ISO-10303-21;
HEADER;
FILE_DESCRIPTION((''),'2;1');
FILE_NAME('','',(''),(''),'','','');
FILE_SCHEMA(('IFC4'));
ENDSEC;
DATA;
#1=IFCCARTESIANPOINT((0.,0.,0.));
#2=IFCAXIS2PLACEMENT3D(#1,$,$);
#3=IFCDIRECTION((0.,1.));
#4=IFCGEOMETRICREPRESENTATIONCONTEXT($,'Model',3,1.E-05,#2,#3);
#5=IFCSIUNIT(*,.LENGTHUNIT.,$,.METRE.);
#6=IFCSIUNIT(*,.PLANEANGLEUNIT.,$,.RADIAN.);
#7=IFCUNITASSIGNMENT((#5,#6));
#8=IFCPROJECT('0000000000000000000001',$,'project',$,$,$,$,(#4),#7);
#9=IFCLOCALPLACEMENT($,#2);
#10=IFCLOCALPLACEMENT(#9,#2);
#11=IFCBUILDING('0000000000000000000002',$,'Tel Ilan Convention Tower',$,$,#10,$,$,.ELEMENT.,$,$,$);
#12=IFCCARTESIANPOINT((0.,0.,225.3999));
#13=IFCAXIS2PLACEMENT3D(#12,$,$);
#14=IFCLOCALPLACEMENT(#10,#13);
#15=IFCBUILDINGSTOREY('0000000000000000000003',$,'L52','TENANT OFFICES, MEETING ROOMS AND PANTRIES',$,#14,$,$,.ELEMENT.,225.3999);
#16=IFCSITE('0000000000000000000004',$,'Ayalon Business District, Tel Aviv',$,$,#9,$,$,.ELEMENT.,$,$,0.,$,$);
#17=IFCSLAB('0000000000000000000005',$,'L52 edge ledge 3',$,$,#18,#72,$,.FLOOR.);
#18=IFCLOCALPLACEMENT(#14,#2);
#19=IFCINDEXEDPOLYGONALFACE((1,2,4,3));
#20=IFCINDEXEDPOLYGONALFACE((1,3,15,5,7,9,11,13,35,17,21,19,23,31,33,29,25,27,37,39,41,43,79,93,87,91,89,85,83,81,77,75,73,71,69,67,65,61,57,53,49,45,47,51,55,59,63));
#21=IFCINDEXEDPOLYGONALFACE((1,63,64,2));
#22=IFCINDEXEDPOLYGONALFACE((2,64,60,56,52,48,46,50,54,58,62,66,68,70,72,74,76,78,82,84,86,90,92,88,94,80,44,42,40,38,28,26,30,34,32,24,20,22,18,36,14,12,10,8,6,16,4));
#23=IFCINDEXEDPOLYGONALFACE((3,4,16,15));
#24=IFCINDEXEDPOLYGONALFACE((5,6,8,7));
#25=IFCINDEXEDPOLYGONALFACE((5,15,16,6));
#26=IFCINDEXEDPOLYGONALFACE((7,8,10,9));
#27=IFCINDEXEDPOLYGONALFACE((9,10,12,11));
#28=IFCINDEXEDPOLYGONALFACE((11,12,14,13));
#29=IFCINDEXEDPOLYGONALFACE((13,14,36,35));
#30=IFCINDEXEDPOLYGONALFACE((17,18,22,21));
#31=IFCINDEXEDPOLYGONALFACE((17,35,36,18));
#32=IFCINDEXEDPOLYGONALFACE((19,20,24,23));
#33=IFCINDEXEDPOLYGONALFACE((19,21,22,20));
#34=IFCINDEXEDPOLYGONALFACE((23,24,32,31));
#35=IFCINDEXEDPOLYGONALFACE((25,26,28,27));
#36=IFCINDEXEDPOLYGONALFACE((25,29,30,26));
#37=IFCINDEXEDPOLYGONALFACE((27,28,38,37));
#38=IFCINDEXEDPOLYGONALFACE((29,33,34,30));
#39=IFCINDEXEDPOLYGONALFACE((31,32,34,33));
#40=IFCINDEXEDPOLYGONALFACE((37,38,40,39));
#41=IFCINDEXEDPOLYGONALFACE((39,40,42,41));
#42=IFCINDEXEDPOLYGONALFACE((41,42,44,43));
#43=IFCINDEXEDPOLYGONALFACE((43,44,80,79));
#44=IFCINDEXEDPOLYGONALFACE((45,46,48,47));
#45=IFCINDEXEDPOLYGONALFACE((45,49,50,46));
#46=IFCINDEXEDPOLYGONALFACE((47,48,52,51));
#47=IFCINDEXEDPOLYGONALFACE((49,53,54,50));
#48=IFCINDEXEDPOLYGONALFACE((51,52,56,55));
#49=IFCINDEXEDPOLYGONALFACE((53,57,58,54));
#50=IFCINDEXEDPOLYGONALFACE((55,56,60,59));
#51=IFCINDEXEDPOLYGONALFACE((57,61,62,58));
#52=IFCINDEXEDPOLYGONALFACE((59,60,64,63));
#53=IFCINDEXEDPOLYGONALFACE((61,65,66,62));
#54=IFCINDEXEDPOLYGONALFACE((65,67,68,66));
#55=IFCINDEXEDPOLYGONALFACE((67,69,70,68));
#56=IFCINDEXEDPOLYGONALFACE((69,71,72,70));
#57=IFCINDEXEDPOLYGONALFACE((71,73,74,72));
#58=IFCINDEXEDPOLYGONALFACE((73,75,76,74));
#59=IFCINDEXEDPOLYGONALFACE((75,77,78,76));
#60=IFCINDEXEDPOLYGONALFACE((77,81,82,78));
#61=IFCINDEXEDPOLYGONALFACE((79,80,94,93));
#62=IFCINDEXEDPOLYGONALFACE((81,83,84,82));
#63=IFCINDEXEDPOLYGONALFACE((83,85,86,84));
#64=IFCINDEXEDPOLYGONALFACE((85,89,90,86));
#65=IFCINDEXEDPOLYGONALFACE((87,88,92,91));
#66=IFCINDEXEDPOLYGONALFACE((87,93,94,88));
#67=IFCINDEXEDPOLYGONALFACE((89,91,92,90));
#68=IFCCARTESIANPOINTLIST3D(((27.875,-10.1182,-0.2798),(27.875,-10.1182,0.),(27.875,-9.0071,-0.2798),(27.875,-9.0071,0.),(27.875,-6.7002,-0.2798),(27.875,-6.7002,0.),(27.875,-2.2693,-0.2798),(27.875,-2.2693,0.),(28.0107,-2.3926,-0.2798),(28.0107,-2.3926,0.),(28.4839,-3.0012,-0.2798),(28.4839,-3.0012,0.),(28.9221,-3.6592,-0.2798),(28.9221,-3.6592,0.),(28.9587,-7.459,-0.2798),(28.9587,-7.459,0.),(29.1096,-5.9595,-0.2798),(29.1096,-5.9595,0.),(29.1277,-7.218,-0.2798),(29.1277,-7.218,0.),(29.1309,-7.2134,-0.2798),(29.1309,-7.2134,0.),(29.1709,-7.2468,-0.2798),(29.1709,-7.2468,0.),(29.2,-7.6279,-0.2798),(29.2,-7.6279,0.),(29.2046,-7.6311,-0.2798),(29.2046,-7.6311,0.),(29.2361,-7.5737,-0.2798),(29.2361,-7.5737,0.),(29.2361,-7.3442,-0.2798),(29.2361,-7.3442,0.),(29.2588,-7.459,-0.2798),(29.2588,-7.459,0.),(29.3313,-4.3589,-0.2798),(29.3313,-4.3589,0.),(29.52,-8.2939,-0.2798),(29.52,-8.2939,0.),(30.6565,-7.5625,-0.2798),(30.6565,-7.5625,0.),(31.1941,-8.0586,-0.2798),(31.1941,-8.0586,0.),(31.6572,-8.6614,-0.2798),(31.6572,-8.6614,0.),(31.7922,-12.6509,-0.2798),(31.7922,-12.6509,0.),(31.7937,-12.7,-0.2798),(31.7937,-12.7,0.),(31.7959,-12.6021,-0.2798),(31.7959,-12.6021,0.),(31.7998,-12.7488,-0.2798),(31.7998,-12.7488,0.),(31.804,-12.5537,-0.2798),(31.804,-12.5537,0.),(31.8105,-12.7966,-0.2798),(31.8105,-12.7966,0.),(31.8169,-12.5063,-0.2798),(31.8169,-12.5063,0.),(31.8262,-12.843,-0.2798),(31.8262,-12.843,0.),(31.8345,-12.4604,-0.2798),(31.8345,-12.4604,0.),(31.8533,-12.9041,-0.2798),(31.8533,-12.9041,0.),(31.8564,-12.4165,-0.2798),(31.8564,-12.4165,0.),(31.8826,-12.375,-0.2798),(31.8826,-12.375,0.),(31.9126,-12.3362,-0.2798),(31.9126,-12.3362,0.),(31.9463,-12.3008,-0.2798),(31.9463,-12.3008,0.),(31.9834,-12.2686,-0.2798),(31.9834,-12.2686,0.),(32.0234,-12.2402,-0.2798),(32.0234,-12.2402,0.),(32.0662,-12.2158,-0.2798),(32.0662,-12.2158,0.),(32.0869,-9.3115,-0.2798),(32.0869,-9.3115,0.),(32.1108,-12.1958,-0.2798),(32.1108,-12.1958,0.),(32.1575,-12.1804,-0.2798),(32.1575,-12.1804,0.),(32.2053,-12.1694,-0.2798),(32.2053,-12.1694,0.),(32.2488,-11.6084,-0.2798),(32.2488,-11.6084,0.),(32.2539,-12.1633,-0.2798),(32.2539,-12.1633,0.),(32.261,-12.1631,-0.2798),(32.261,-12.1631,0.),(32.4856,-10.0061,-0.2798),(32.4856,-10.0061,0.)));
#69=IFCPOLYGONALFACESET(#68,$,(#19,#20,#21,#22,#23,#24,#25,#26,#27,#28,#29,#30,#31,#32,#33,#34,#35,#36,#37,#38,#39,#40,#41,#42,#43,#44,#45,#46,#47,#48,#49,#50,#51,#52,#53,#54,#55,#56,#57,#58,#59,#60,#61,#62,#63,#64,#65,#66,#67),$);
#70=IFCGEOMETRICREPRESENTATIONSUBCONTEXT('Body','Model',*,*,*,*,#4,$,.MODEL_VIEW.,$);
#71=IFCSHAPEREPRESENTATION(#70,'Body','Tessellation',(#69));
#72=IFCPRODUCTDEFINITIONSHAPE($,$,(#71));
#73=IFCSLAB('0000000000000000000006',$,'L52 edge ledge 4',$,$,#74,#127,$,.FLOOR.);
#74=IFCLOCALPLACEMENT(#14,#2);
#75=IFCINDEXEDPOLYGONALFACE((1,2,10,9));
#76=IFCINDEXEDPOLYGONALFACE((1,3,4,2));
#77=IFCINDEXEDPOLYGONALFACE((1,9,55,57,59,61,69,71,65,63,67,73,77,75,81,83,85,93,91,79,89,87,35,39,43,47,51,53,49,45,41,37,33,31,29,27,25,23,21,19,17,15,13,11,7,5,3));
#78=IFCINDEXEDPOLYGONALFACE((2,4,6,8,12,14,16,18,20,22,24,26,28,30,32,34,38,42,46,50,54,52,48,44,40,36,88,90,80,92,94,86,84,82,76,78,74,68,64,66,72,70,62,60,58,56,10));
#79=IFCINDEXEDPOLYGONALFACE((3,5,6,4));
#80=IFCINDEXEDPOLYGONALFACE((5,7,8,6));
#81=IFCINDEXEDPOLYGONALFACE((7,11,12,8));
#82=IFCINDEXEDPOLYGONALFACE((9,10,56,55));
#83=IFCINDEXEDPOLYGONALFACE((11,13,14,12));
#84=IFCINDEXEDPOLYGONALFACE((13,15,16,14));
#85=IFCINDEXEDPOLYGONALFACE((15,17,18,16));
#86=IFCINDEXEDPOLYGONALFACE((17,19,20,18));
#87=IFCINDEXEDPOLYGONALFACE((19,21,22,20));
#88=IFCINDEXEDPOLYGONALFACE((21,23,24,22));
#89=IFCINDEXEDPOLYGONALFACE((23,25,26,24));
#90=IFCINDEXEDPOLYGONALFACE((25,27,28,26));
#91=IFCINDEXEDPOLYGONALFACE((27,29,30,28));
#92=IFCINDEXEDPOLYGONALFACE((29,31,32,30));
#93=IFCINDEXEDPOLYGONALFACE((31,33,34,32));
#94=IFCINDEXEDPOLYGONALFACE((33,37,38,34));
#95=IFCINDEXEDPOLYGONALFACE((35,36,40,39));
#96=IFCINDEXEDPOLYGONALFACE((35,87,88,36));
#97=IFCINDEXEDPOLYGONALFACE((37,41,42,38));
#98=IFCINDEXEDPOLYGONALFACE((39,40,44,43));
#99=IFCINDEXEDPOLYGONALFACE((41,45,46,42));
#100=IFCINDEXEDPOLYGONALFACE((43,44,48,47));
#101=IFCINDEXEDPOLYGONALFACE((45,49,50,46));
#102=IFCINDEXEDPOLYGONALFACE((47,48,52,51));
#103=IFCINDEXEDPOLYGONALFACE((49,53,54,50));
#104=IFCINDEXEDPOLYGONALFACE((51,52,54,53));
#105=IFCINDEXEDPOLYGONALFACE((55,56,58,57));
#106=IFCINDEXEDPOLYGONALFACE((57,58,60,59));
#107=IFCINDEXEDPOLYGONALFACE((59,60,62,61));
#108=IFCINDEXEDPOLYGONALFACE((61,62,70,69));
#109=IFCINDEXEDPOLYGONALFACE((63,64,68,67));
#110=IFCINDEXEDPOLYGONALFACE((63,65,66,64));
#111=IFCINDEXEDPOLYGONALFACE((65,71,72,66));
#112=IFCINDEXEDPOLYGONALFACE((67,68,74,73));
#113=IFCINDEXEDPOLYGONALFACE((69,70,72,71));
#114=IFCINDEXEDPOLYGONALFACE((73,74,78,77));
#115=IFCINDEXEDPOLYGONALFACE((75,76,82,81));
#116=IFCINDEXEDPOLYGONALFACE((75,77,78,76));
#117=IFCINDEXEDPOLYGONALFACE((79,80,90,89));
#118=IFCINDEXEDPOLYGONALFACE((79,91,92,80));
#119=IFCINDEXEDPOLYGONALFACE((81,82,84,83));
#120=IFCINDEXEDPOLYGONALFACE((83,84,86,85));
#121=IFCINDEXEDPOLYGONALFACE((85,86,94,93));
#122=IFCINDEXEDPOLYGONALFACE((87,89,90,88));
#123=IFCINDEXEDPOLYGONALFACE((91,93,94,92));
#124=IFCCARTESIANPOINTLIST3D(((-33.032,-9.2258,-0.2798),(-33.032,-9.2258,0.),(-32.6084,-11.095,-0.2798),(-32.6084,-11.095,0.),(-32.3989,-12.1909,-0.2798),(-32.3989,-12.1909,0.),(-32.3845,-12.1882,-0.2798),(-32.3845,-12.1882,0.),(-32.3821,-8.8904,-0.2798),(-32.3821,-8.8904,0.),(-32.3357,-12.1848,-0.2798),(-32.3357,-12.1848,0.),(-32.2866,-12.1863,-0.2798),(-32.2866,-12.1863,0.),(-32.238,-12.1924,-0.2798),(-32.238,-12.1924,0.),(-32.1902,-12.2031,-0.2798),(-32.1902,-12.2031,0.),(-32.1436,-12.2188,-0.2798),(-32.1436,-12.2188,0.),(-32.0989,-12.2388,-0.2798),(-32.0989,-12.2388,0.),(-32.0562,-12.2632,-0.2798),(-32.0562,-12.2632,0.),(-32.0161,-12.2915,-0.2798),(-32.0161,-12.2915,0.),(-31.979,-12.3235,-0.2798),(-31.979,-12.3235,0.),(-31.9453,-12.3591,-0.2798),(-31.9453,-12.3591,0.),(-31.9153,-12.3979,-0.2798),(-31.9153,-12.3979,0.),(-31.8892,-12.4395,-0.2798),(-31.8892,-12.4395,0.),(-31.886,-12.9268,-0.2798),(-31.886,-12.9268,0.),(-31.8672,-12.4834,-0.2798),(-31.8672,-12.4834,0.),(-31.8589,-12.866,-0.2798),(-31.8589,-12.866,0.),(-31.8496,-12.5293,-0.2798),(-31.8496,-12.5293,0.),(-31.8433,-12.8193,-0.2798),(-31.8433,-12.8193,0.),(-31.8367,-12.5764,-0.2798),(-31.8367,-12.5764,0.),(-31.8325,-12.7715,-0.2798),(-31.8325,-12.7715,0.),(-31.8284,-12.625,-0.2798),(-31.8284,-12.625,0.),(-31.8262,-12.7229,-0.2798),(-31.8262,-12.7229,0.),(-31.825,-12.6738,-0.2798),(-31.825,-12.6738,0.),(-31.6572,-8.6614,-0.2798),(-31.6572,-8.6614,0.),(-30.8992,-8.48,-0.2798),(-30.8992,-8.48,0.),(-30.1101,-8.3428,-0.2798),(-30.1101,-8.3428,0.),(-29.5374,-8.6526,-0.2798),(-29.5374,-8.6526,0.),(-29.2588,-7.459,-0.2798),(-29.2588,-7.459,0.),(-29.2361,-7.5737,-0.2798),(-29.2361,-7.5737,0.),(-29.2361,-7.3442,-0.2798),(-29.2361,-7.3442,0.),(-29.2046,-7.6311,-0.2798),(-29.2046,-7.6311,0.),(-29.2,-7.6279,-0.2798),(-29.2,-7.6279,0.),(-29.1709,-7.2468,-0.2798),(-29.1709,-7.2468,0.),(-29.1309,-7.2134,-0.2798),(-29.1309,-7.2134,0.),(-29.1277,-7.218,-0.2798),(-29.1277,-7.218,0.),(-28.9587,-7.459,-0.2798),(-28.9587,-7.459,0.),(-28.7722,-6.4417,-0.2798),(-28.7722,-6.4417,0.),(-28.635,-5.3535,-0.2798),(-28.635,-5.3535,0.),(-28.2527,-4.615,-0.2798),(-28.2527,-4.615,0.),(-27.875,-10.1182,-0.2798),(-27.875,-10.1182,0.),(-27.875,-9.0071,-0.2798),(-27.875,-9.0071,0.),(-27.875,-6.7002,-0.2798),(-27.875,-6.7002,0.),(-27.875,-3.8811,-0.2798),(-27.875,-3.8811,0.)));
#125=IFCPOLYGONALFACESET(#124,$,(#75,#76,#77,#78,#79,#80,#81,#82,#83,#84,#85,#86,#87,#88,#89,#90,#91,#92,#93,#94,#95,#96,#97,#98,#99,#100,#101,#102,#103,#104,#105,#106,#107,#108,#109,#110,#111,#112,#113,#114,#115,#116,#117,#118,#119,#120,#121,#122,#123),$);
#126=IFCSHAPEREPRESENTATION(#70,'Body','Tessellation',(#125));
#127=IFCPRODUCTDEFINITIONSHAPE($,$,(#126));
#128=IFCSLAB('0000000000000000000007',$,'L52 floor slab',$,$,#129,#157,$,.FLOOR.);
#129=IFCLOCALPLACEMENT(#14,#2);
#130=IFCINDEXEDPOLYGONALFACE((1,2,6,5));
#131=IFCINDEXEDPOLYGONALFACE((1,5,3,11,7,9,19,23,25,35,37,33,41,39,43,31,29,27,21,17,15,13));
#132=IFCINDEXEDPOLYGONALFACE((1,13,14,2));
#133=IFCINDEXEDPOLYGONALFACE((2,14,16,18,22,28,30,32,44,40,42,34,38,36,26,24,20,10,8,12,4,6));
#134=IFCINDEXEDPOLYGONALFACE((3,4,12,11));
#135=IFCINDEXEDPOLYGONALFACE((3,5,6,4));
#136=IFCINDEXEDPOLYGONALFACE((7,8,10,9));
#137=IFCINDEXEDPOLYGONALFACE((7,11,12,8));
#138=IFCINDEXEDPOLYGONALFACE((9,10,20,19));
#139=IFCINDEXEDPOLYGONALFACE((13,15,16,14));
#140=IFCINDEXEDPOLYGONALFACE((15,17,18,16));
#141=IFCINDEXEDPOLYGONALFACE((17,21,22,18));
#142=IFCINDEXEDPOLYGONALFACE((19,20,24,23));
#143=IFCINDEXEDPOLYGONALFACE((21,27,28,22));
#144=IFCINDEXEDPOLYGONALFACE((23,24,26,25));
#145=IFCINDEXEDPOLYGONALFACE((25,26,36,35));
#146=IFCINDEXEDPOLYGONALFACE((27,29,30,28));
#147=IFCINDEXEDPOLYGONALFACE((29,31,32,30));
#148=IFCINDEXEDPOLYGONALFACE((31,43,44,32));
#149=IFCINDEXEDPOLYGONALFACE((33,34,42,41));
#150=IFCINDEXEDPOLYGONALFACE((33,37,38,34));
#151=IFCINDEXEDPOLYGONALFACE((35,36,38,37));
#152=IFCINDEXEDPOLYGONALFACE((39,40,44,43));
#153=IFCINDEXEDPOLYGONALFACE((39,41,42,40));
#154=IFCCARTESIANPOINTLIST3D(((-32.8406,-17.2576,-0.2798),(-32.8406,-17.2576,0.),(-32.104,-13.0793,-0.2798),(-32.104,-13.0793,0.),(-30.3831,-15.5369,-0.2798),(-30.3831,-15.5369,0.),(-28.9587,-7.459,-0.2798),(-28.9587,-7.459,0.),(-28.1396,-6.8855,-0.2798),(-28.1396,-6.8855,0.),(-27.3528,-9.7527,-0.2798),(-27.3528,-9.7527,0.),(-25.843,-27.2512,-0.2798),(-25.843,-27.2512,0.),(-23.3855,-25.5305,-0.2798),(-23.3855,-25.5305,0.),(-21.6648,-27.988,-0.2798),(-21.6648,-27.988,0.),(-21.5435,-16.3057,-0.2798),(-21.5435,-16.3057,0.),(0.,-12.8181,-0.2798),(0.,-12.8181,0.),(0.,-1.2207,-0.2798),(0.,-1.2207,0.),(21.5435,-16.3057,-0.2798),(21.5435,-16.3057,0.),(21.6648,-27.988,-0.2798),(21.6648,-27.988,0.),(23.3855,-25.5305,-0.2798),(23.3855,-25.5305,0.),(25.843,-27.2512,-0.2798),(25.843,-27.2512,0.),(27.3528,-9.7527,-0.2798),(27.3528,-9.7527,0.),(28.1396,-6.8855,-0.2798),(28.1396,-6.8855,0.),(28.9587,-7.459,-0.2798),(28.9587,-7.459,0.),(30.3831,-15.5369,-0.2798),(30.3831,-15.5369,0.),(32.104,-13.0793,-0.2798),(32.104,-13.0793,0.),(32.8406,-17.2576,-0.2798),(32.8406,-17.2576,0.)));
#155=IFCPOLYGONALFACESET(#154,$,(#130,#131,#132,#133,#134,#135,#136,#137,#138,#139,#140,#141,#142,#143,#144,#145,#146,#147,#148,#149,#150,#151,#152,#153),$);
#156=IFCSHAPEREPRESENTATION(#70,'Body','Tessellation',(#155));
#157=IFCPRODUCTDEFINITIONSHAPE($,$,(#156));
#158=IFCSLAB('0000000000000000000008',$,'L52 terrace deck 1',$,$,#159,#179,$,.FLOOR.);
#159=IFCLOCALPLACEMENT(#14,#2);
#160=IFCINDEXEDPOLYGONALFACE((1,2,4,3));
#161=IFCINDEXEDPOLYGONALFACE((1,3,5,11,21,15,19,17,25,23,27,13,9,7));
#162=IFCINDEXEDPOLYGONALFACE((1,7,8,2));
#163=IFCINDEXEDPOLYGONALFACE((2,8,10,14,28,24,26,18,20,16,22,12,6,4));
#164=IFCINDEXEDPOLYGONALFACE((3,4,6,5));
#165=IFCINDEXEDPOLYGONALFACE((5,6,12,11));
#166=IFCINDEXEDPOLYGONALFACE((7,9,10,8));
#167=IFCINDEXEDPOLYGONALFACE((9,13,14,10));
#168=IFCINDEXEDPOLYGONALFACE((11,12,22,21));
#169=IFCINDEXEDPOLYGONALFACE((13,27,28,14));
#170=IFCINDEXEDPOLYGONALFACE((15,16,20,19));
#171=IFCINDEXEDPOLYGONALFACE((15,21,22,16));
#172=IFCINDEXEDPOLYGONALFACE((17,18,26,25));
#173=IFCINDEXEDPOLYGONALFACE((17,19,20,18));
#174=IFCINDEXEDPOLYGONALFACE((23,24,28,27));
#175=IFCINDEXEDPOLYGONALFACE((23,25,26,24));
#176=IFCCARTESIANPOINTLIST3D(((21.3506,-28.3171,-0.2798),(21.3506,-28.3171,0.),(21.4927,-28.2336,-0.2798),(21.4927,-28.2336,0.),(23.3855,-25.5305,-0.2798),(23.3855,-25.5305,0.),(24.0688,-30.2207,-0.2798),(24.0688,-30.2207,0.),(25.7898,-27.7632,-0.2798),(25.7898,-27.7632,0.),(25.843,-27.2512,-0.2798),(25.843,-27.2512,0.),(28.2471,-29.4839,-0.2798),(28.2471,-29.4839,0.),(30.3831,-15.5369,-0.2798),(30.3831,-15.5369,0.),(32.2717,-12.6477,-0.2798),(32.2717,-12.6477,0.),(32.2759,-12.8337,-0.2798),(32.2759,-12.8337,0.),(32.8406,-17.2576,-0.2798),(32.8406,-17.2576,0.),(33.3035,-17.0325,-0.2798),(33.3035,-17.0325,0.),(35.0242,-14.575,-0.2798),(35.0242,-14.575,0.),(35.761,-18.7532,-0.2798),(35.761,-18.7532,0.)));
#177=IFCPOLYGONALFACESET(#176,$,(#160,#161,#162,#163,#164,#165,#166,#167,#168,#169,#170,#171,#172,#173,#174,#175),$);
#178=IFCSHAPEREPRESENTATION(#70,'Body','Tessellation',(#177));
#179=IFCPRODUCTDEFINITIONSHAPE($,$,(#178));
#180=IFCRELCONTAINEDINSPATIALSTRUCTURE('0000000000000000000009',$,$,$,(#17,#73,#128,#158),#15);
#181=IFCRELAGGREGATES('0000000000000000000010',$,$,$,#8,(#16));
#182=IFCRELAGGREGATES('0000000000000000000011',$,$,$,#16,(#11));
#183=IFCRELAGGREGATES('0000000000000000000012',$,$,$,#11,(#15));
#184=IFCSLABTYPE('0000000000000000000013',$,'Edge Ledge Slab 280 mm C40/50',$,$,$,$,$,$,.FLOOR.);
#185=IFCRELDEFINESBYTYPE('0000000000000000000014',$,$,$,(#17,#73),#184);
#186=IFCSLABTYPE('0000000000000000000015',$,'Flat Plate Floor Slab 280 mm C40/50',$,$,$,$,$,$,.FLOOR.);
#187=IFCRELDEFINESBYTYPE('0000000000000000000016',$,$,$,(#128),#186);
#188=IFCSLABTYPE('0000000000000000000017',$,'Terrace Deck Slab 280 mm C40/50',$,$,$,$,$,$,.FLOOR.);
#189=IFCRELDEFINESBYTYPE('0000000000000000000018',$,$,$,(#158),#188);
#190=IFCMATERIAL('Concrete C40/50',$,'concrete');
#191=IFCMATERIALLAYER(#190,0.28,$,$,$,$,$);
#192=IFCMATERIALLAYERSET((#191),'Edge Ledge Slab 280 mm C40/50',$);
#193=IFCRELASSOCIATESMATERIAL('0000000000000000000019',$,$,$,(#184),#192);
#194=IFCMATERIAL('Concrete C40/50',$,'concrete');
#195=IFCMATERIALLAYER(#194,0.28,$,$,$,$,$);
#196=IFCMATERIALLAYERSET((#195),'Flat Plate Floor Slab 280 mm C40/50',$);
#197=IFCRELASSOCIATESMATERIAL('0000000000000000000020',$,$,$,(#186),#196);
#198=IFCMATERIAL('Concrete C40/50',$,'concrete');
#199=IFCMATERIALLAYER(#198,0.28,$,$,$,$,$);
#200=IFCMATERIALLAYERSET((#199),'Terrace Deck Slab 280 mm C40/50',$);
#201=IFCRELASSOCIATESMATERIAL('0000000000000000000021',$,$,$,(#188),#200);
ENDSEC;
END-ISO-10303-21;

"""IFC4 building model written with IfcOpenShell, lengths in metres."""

from ifc_helpers import new_model, si_unit, direction, frame, origin, place, context, subcontext, project, spatial, polyline, outline, extrude, material, layer, layer_set, type_object, element, save


model = new_model("IFC4")

# Units and contexts
model_context = context("Model", 3, precision=1e-05, world=origin(), true_north=direction((0.0, 1.0)))
body_context = subcontext(model_context, "Body", "Model", "MODEL_VIEW")
ifc_project = project(units=[si_unit("LENGTHUNIT", "METRE"), si_unit("PLANEANGLEUNIT", "RADIAN")], contexts=[model_context])

# Site, building, storey
site_placement = place(None, origin())
site = spatial("IfcSite", under=ifc_project, at=site_placement, Name="Ayalon Business District, Tel Aviv", CompositionType="ELEMENT", RefElevation=0.0)
building_placement = place(site_placement, origin())
building = spatial("IfcBuilding", under=site, at=building_placement, Name="Tel Ilan Convention Tower", CompositionType="ELEMENT")
storey_placement = place(building_placement, frame((0.0, 0.0, 225.3999)))
storey = spatial("IfcBuildingStorey", under=building, at=storey_placement, Name="L52", Description="TENANT OFFICES, MEETING ROOMS AND PANTRIES", CompositionType="ELEMENT", Elevation=225.3999)

# Slabs
ifc_material_1 = material(Name="Concrete C40/50", Category="concrete")
ifc_layer_1 = layer(ifc_material_1, 0.28)
ifc_layer_set_1 = layer_set([ifc_layer_1], Name="Edge Ledge Slab 280 mm C40/50")
slab_type_1 = type_object("IfcSlabType", Name="Edge Ledge Slab 280 mm C40/50", PredefinedType="FLOOR", material=ifc_layer_set_1)
slab_1_placement = place(storey_placement, frame((0.0, 0.0, -0.2798)))
element("IfcSlab", 1, at=slab_1_placement, inside=storey, type_object=slab_type_1, Name="L52 edge ledge 3", PredefinedType="FLOOR", context=body_context, shape_type="SweptSolid", body=[
    extrude(outline(polyline([(29.1277, -7.218), (29.1709, -7.2468), (29.2361, -7.3442), (29.2588, -7.459), (29.2361, -7.5737), (29.2, -7.6279), (29.2046, -7.6311), (29.52, -8.2939), (30.6565, -7.5625), (31.1941, -8.0586), (31.6572, -8.6614), (32.0869, -9.3115), (32.4856, -10.0061), (32.2488, -11.6084), (32.261, -12.1631), (32.2539, -12.1633), (32.2053, -12.1694), (32.1575, -12.1804), (32.1108, -12.1958), (32.0662, -12.2158), (32.0234, -12.2402), (31.9834, -12.2686), (31.9463, -12.3008), (31.9126, -12.3362), (31.8826, -12.375), (31.8564, -12.4165), (31.8345, -12.4604), (31.8169, -12.5063), (31.804, -12.5537), (31.7959, -12.6021), (31.7922, -12.6509), (31.7937, -12.7), (31.7998, -12.7488), (31.8105, -12.7966), (31.8262, -12.843), (31.8533, -12.9041), (27.875, -10.1182), (27.875, -9.0071), (28.9587, -7.459), (27.875, -6.7002), (27.875, -2.2693), (28.0107, -2.3926), (28.4839, -3.0012), (28.9221, -3.6592), (29.3313, -4.3589), (29.1096, -5.9595), (29.1309, -7.2134), (29.1277, -7.218)])), origin(), (0.0, 0.0, 1.0), 0.2798),
])
slab_2_placement = place(storey_placement, frame((0.0, 0.0, -0.2798)))
element("IfcSlab", 2, at=slab_2_placement, inside=storey, type_object=slab_type_1, Name="L52 edge ledge 4", PredefinedType="FLOOR", context=body_context, shape_type="SweptSolid", body=[
    extrude(outline(polyline([(-29.5374, -8.6526), (-29.2046, -7.6311), (-29.2, -7.6279), (-29.2361, -7.5737), (-29.2588, -7.459), (-29.2361, -7.3442), (-29.1709, -7.2468), (-29.1277, -7.218), (-29.1309, -7.2134), (-28.7722, -6.4417), (-28.635, -5.3535), (-28.2527, -4.615), (-27.875, -3.8811), (-27.875, -6.7002), (-28.9587, -7.459), (-27.875, -9.0071), (-27.875, -10.1182), (-31.886, -12.9268), (-31.8589, -12.866), (-31.8433, -12.8193), (-31.8325, -12.7715), (-31.8262, -12.7229), (-31.825, -12.6738), (-31.8284, -12.625), (-31.8367, -12.5764), (-31.8496, -12.5293), (-31.8672, -12.4834), (-31.8892, -12.4395), (-31.9153, -12.3979), (-31.9453, -12.3591), (-31.979, -12.3235), (-32.0161, -12.2915), (-32.0562, -12.2632), (-32.0989, -12.2388), (-32.1436, -12.2188), (-32.1902, -12.2031), (-32.238, -12.1924), (-32.2866, -12.1863), (-32.3357, -12.1848), (-32.3845, -12.1882), (-32.3989, -12.1909), (-32.6084, -11.095), (-33.032, -9.2258), (-32.3821, -8.8904), (-31.6572, -8.6614), (-30.8992, -8.48), (-30.1101, -8.3428), (-29.5374, -8.6526)])), origin(), (0.0, 0.0, 1.0), 0.2798),
])
ifc_material_2 = material(Name="Concrete C40/50", Category="concrete")
ifc_layer_2 = layer(ifc_material_2, 0.28)
ifc_layer_set_2 = layer_set([ifc_layer_2], Name="Flat Plate Floor Slab 280 mm C40/50")
slab_type_2 = type_object("IfcSlabType", Name="Flat Plate Floor Slab 280 mm C40/50", PredefinedType="FLOOR", material=ifc_layer_set_2)
slab_3_placement = place(storey_placement, frame((0.0, 0.0, -0.2798)))
element("IfcSlab", 3, at=slab_3_placement, inside=storey, type_object=slab_type_2, Name="L52 floor slab", PredefinedType="FLOOR", context=body_context, shape_type="SweptSolid", body=[
    extrude(outline(polyline([(-23.3855, -25.5305), (-25.843, -27.2512), (-32.8406, -17.2576), (-30.3831, -15.5369), (-32.104, -13.0793), (-27.3528, -9.7527), (-28.9587, -7.459), (-28.1396, -6.8855), (-21.5435, -16.3057), (0.0, -1.2207), (21.5435, -16.3057), (28.1396, -6.8855), (28.9587, -7.459), (27.3528, -9.7527), (32.104, -13.0793), (30.3831, -15.5369), (32.8406, -17.2576), (25.843, -27.2512), (23.3855, -25.5305), (21.6648, -27.988), (0.0, -12.8181), (-21.6648, -27.988), (-23.3855, -25.5305)])), origin(), (0.0, 0.0, 1.0), 0.2798),
])
ifc_material_3 = material(Name="Concrete C40/50", Category="concrete")
ifc_layer_3 = layer(ifc_material_3, 0.28)
ifc_layer_set_3 = layer_set([ifc_layer_3], Name="Terrace Deck Slab 280 mm C40/50")
slab_type_3 = type_object("IfcSlabType", Name="Terrace Deck Slab 280 mm C40/50", PredefinedType="FLOOR", material=ifc_layer_set_3)
slab_4_placement = place(storey_placement, frame((0.0, 0.0, -0.2798)))
element("IfcSlab", 4, at=slab_4_placement, inside=storey, type_object=slab_type_3, Name="L52 terrace deck 1", PredefinedType="FLOOR", context=body_context, shape_type="SweptSolid", body=[
    extrude(outline(polyline([(24.0688, -30.2207), (21.3506, -28.3171), (21.4927, -28.2336), (23.3855, -25.5305), (25.843, -27.2512), (32.8406, -17.2576), (30.3831, -15.5369), (32.2759, -12.8337), (32.2717, -12.6477), (35.0242, -14.575), (33.3035, -17.0325), (35.761, -18.7532), (28.2471, -29.4839), (25.7898, -27.7632), (24.0688, -30.2207)])), origin(), (0.0, 0.0, 1.0), 0.2798),
])

save(model, "model.ifc")
